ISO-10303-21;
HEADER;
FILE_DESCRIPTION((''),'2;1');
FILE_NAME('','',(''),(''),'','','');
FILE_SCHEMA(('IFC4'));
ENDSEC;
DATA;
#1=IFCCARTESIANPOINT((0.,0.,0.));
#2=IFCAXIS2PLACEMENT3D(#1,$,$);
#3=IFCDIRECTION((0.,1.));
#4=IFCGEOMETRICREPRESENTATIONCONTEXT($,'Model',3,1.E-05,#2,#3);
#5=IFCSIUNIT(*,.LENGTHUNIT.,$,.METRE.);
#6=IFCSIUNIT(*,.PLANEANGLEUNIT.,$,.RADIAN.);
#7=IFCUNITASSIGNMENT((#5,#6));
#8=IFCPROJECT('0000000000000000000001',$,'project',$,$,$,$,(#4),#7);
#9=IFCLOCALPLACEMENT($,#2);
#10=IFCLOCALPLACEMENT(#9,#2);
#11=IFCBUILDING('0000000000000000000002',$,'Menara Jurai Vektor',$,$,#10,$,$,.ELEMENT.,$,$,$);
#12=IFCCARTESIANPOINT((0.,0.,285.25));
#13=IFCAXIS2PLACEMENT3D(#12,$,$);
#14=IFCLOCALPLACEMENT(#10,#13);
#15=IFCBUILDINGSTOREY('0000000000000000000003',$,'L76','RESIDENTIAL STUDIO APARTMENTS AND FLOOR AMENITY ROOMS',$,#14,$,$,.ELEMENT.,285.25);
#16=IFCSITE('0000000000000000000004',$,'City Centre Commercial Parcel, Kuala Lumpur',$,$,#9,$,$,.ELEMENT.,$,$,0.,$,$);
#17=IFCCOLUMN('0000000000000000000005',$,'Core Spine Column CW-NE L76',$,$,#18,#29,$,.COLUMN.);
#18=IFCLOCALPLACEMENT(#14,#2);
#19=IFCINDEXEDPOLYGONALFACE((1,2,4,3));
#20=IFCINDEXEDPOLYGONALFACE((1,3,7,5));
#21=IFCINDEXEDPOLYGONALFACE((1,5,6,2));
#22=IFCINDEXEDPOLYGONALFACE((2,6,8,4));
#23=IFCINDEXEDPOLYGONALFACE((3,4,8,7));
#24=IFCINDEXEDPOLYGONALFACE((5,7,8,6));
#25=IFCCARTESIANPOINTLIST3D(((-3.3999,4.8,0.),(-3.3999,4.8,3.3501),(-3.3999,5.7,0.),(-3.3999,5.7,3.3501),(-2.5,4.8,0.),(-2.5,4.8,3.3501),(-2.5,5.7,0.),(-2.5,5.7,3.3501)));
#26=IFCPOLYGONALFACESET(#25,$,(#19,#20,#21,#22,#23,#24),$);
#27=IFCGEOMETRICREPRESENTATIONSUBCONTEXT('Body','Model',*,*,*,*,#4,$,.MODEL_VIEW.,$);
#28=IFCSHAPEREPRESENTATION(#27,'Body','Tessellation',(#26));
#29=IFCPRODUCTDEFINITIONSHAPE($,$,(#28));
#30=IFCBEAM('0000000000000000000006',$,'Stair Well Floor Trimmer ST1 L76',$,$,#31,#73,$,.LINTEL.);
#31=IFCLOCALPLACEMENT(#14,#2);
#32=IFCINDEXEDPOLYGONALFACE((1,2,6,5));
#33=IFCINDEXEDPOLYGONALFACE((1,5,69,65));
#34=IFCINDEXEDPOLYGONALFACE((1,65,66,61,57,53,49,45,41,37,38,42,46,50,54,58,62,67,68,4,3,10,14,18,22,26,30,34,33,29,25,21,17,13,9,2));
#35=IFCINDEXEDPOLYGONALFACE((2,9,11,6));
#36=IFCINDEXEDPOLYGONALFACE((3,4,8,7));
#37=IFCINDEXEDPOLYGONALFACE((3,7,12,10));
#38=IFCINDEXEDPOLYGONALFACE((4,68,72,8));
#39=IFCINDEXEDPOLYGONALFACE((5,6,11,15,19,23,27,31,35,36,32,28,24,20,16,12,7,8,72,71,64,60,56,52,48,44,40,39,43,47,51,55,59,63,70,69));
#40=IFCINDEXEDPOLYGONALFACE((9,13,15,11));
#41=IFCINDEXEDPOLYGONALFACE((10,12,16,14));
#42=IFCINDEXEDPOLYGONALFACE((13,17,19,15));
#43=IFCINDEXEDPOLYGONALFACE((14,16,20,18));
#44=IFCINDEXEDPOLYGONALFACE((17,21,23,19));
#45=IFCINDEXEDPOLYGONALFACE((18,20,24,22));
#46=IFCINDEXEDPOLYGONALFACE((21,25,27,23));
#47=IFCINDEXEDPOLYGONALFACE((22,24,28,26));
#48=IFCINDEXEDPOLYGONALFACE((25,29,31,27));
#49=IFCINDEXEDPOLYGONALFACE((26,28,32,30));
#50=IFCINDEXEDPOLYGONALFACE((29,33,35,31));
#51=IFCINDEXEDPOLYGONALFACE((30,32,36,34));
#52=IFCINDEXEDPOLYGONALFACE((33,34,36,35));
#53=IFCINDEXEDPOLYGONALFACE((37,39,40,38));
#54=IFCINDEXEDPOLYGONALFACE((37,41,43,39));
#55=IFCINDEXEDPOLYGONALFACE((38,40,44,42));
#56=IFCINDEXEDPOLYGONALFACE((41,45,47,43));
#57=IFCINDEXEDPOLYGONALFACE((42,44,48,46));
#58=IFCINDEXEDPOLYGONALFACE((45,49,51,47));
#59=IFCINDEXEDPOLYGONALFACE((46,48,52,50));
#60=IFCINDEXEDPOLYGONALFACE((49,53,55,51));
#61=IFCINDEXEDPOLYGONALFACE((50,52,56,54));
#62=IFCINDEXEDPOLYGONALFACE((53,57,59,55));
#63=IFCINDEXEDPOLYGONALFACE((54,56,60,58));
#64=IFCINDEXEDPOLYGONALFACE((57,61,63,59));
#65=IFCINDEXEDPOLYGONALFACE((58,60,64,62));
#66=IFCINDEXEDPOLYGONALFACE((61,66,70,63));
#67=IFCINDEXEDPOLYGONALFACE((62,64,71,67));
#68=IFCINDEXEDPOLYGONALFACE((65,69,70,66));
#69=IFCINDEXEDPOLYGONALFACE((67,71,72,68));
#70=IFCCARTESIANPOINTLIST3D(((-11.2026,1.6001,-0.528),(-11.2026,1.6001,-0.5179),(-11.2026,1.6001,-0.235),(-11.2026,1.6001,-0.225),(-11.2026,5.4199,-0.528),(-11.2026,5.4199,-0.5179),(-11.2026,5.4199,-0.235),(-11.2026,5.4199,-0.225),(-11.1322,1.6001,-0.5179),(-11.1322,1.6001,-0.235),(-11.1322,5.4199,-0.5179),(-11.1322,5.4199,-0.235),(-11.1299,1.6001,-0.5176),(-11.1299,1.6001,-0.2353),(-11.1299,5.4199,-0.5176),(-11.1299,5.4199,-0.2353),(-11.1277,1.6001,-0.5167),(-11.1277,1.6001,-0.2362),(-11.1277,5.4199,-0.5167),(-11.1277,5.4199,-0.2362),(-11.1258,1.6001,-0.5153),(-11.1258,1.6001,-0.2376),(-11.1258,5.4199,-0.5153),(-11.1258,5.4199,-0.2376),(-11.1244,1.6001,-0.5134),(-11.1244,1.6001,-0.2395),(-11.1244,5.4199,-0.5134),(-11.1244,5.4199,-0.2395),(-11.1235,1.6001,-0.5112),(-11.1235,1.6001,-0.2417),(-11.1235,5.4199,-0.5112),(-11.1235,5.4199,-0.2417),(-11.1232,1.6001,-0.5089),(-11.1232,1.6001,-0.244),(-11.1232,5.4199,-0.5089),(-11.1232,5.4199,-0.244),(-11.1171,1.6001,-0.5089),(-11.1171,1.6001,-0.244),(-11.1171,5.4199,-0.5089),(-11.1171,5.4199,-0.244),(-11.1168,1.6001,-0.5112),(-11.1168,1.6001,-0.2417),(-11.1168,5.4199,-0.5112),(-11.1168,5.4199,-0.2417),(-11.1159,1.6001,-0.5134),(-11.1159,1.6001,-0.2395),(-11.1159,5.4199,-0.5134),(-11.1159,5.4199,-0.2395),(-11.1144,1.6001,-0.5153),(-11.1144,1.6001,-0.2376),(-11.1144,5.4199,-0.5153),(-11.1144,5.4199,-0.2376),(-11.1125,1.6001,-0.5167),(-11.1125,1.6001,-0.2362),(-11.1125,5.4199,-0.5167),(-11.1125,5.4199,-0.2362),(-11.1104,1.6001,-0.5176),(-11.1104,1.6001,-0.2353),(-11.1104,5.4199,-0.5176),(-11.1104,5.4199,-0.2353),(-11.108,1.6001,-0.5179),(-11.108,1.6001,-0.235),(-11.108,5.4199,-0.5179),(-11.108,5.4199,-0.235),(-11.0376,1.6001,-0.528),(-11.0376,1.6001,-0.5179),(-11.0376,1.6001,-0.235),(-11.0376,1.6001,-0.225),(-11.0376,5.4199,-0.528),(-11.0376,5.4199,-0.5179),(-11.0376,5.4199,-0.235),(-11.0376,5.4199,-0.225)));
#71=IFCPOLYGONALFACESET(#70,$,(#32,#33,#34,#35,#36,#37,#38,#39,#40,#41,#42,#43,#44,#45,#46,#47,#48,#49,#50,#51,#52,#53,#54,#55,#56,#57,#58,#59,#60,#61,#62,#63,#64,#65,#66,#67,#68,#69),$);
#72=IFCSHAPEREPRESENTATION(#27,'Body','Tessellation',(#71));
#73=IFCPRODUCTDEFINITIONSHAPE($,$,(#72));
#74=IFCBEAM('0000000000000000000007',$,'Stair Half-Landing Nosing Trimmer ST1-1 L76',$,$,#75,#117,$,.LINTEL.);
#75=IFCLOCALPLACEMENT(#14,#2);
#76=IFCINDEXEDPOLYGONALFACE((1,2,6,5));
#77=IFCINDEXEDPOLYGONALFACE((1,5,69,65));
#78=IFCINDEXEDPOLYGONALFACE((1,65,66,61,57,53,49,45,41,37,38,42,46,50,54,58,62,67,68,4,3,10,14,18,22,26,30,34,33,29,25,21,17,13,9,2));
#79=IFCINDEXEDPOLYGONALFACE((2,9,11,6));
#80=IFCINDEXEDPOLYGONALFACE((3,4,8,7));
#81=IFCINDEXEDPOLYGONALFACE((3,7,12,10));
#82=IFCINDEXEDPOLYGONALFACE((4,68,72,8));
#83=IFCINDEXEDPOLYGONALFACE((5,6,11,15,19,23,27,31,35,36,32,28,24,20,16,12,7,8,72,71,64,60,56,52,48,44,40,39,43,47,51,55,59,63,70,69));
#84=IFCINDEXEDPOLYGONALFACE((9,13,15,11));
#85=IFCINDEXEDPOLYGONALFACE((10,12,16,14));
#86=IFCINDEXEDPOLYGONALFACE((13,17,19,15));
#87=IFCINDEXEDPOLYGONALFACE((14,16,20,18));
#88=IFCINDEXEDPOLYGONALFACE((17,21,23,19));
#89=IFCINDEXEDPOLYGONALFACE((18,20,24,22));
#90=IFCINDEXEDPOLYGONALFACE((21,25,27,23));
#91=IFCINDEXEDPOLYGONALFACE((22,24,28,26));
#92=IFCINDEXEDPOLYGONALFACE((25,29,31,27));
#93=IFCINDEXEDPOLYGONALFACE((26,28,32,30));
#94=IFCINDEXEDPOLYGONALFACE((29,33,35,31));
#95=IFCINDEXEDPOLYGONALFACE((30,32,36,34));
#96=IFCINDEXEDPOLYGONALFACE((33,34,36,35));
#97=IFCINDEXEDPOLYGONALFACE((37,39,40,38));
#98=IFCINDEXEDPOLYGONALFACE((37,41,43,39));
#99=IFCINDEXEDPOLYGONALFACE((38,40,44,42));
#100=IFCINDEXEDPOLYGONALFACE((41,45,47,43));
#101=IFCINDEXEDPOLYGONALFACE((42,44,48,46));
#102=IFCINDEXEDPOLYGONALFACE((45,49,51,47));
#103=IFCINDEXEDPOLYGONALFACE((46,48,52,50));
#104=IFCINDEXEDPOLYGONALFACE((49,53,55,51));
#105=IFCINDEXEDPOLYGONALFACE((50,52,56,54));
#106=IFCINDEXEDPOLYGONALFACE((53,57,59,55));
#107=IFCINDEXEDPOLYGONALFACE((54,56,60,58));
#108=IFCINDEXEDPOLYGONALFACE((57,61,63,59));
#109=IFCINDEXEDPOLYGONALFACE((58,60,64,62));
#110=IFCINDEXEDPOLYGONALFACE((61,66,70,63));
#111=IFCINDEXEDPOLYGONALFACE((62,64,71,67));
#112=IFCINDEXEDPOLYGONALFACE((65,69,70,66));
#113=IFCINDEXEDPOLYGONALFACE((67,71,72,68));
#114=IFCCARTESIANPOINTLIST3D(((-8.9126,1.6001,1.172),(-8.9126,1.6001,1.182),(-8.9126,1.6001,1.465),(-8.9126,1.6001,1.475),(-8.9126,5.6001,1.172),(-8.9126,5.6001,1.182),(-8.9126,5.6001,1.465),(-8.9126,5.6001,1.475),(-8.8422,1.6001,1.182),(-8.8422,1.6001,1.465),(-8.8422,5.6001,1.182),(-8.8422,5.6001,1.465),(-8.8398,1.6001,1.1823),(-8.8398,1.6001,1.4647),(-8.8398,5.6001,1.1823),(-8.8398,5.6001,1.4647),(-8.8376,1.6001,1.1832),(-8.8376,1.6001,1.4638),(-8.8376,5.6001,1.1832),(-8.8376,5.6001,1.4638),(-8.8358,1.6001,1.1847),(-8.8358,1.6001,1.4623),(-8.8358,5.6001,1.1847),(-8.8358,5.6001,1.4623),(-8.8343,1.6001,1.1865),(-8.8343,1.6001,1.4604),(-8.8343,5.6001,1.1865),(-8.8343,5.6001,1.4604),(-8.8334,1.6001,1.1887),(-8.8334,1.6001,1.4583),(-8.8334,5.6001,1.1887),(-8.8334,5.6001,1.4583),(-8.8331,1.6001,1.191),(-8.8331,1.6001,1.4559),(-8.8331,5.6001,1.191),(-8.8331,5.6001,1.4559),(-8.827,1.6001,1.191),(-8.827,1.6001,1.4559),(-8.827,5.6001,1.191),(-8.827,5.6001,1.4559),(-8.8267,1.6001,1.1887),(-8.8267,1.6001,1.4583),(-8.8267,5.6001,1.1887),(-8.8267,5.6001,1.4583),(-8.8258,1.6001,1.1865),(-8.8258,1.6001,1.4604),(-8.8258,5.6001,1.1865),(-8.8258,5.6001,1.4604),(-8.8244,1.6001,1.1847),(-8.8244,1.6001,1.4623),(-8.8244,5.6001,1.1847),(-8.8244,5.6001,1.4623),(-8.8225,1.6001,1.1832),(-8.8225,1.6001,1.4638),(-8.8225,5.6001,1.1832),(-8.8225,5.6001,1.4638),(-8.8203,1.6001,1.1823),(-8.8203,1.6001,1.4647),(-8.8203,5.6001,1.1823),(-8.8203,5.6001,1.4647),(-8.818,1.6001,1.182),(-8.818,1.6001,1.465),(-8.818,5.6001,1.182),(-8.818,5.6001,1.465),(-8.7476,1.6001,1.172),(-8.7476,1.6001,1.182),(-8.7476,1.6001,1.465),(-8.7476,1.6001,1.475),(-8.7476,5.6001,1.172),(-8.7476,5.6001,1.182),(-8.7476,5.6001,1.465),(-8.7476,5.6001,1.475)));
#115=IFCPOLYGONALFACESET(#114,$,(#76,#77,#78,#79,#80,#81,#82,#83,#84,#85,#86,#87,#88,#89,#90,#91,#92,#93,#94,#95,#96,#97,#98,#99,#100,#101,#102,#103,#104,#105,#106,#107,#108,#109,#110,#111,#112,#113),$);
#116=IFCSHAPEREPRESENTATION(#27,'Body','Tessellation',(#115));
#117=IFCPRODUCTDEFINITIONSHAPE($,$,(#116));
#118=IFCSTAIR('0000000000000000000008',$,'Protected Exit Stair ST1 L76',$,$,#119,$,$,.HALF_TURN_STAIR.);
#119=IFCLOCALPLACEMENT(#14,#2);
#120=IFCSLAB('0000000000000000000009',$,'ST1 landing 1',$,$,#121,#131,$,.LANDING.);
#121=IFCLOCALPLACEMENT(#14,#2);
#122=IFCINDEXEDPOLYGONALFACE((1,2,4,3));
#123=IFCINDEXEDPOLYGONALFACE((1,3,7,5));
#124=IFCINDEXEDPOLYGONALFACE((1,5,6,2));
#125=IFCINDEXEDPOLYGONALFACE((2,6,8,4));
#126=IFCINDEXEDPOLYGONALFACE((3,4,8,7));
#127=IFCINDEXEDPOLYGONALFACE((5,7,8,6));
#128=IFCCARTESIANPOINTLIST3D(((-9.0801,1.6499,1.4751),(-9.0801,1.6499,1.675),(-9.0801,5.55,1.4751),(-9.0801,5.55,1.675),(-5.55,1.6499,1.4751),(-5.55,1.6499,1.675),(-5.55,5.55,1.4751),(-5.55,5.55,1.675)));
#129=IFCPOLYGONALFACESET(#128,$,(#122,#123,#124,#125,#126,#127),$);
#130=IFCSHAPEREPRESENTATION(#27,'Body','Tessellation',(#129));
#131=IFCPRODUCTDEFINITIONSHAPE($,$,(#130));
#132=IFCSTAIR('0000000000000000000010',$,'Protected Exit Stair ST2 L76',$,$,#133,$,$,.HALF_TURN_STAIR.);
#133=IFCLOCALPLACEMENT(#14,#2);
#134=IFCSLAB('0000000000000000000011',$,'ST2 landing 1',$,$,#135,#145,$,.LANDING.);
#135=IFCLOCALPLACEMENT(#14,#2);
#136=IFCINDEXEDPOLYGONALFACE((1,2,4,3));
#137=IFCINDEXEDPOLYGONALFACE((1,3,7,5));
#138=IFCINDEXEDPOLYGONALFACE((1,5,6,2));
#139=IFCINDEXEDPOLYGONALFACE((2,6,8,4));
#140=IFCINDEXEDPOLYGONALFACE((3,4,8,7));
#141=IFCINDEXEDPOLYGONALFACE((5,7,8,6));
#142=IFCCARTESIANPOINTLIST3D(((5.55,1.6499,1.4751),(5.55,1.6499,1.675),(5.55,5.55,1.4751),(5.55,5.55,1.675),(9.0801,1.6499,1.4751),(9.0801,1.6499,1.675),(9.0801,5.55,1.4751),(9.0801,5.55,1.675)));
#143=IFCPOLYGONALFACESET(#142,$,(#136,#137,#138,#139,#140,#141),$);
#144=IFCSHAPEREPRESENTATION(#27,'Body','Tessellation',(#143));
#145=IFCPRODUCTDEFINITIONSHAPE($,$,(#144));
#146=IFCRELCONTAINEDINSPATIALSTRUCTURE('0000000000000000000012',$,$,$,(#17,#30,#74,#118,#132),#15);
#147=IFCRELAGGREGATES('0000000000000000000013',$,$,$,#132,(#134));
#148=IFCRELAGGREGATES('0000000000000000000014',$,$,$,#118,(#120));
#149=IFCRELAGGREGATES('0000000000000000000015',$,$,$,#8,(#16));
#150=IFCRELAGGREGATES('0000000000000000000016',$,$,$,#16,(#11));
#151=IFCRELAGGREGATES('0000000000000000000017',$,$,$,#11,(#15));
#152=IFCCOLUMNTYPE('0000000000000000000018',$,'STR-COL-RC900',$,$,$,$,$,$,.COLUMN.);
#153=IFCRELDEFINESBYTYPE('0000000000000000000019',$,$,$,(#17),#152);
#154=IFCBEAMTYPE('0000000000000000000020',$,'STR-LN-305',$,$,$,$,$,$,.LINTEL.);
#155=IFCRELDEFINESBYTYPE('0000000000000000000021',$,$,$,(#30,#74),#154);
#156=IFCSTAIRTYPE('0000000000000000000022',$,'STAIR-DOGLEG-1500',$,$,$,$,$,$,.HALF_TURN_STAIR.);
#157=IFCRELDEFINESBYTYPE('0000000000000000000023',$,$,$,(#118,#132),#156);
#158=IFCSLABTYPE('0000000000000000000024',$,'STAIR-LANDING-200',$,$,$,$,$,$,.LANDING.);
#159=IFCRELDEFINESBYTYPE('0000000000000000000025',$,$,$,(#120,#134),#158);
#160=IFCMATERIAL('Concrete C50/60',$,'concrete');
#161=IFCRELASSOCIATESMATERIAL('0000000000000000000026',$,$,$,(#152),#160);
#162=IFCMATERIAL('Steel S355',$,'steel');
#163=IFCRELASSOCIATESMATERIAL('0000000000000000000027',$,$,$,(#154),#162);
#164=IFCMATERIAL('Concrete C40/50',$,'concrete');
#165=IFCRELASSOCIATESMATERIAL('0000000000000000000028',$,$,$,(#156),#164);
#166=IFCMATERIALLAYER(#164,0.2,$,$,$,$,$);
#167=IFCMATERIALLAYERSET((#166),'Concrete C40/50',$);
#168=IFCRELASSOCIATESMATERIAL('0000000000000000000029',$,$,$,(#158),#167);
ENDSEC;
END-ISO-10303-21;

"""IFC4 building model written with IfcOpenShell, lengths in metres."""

from ifc_helpers import new_model, si_unit, direction, frame, origin, origin_2d, place, context, subcontext, project, spatial, polyline, rectangle, i_section, outline, extrude, material, layer, layer_set, material_profile, profile_set, type_object, element, aggregate, save


model = new_model("IFC4")

# Units and contexts
model_context = context("Model", 3, precision=1e-05, world=origin(), true_north=direction((0.0, 1.0)))
body_context = subcontext(model_context, "Body", "Model", "MODEL_VIEW")
ifc_project = project(units=[si_unit("LENGTHUNIT", "METRE"), si_unit("PLANEANGLEUNIT", "RADIAN")], contexts=[model_context])

# Site, building, storey
site_placement = place(None, origin())
site = spatial("IfcSite", under=ifc_project, at=site_placement, Name="City Centre Commercial Parcel, Kuala Lumpur", CompositionType="ELEMENT", RefElevation=0.0)
building_placement = place(site_placement, origin())
building = spatial("IfcBuilding", under=site, at=building_placement, Name="Menara Jurai Vektor", CompositionType="ELEMENT")
storey_placement = place(building_placement, frame((0.0, 0.0, 285.25)))
storey = spatial("IfcBuildingStorey", under=building, at=storey_placement, Name="L76", Description="RESIDENTIAL STUDIO APARTMENTS AND FLOOR AMENITY ROOMS", CompositionType="ELEMENT", Elevation=285.25)

# Column
ifc_material_1 = material(Name="Concrete C50/60", Category="concrete")
ifc_material_profile_1 = material_profile(ifc_material_1, rectangle(XDim=0.8999, YDim=0.8999, at=origin_2d()), Name="RC 900x900")
ifc_profile_set_1 = profile_set([ifc_material_profile_1], Name="Concrete C50/60")
column_type = type_object("IfcColumnType", Name="STR-COL-RC900", PredefinedType="COLUMN", material=ifc_profile_set_1)
column_placement = place(storey_placement, frame((-2.95, 5.25, 0.0), z_axis=(0.0, 0.0, 1.0), x_axis=(1.0, 0.0, 0.0)))
element("IfcColumn", 1, at=column_placement, inside=storey, type_object=column_type, Name="Core Spine Column CW-NE L76", PredefinedType="COLUMN", context=body_context, shape_type="SweptSolid", body=[
    extrude(rectangle(XDim=0.8999, YDim=0.8999, at=origin_2d()), origin(), (0.0, 0.0, 1.0), 3.3501),
])

# Beams
ifc_material_2 = material(Name="Steel S355", Category="steel")
ifc_material_profile_2 = material_profile(ifc_material_2, i_section(OverallWidth=0.165, OverallDepth=0.303, WebThickness=0.0061, FlangeThickness=0.01, FilletRadius=0.009, at=origin_2d()), Name="UKB 305x165x40")
ifc_profile_set_2 = profile_set([ifc_material_profile_2], Name="Steel S355")
beam_type = type_object("IfcBeamType", Name="STR-LN-305", PredefinedType="LINTEL", material=ifc_profile_set_2)
beam_1_placement = place(storey_placement, frame((-11.1201, 1.6001, -0.3765), z_axis=(0.0, 1.0, 0.0), x_axis=(-1.0, 0.0, 0.0)))
element("IfcBeam", 2, at=beam_1_placement, inside=storey, type_object=beam_type, Name="Stair Well Floor Trimmer ST1 L76", PredefinedType="LINTEL", context=body_context, shape_type="SweptSolid", body=[
    extrude(i_section(OverallWidth=0.165, OverallDepth=0.303, WebThickness=0.0061, FlangeThickness=0.01, FilletRadius=0.009, at=origin_2d()), origin(), (0.0, 0.0, 1.0), 3.8198),
])
beam_2_placement = place(storey_placement, frame((-8.8301, 1.6001, 1.3235), z_axis=(0.0, 1.0, 0.0), x_axis=(-1.0, 0.0, 0.0)))
element("IfcBeam", 3, at=beam_2_placement, inside=storey, type_object=beam_type, Name="Stair Half-Landing Nosing Trimmer ST1-1 L76", PredefinedType="LINTEL", context=body_context, shape_type="SweptSolid", body=[
    extrude(i_section(OverallWidth=0.165, OverallDepth=0.303, WebThickness=0.0061, FlangeThickness=0.01, FilletRadius=0.009, at=origin_2d()), origin(), (0.0, 0.0, 1.0), 4.0),
])

# Stairs, slabs
ifc_material_3 = material(Name="Concrete C40/50", Category="concrete")
stair_type = type_object("IfcStairType", Name="STAIR-DOGLEG-1500", PredefinedType="HALF_TURN_STAIR", material=ifc_material_3)
stair_1_placement = place(storey_placement, origin())
stair_1 = element("IfcStair", 4, at=stair_1_placement, inside=storey, type_object=stair_type, Name="Protected Exit Stair ST1 L76", PredefinedType="HALF_TURN_STAIR")
ifc_layer_1 = layer(ifc_material_3, 0.2)
ifc_layer_set_1 = layer_set([ifc_layer_1], Name="Concrete C40/50")
slab_type_1 = type_object("IfcSlabType", Name="STAIR-LANDING-200", PredefinedType="LANDING", material=ifc_layer_set_1)
slab_1_placement = place(storey_placement, frame((0.0, 0.0, 1.4751)))
slab_1 = element("IfcSlab", 5, at=slab_1_placement, type_object=slab_type_1, Name="ST1 landing 1", PredefinedType="LANDING", context=body_context, shape_type="SweptSolid", body=[
    extrude(outline(polyline([(-9.0801, 1.6499), (-5.55, 1.6499), (-5.55, 5.55), (-9.0801, 5.55), (-9.0801, 1.6499)])), origin(), (0.0, 0.0, 1.0), 0.2),
])
stair_2_placement = place(storey_placement, origin())
stair_2 = element("IfcStair", 6, at=stair_2_placement, inside=storey, type_object=stair_type, Name="Protected Exit Stair ST2 L76", PredefinedType="HALF_TURN_STAIR")
slab_2_placement = place(storey_placement, frame((0.0, 0.0, 1.4751)))
slab_2 = element("IfcSlab", 7, at=slab_2_placement, type_object=slab_type_1, Name="ST2 landing 1", PredefinedType="LANDING", context=body_context, shape_type="SweptSolid", body=[
    extrude(outline(polyline([(5.55, 1.6499), (9.0801, 1.6499), (9.0801, 5.55), (5.55, 5.55), (5.55, 1.6499)])), origin(), (0.0, 0.0, 1.0), 0.2),
])
aggregate(stair_2, [slab_2])

aggregate(stair_1, [slab_1])

save(model, "model.ifc")
